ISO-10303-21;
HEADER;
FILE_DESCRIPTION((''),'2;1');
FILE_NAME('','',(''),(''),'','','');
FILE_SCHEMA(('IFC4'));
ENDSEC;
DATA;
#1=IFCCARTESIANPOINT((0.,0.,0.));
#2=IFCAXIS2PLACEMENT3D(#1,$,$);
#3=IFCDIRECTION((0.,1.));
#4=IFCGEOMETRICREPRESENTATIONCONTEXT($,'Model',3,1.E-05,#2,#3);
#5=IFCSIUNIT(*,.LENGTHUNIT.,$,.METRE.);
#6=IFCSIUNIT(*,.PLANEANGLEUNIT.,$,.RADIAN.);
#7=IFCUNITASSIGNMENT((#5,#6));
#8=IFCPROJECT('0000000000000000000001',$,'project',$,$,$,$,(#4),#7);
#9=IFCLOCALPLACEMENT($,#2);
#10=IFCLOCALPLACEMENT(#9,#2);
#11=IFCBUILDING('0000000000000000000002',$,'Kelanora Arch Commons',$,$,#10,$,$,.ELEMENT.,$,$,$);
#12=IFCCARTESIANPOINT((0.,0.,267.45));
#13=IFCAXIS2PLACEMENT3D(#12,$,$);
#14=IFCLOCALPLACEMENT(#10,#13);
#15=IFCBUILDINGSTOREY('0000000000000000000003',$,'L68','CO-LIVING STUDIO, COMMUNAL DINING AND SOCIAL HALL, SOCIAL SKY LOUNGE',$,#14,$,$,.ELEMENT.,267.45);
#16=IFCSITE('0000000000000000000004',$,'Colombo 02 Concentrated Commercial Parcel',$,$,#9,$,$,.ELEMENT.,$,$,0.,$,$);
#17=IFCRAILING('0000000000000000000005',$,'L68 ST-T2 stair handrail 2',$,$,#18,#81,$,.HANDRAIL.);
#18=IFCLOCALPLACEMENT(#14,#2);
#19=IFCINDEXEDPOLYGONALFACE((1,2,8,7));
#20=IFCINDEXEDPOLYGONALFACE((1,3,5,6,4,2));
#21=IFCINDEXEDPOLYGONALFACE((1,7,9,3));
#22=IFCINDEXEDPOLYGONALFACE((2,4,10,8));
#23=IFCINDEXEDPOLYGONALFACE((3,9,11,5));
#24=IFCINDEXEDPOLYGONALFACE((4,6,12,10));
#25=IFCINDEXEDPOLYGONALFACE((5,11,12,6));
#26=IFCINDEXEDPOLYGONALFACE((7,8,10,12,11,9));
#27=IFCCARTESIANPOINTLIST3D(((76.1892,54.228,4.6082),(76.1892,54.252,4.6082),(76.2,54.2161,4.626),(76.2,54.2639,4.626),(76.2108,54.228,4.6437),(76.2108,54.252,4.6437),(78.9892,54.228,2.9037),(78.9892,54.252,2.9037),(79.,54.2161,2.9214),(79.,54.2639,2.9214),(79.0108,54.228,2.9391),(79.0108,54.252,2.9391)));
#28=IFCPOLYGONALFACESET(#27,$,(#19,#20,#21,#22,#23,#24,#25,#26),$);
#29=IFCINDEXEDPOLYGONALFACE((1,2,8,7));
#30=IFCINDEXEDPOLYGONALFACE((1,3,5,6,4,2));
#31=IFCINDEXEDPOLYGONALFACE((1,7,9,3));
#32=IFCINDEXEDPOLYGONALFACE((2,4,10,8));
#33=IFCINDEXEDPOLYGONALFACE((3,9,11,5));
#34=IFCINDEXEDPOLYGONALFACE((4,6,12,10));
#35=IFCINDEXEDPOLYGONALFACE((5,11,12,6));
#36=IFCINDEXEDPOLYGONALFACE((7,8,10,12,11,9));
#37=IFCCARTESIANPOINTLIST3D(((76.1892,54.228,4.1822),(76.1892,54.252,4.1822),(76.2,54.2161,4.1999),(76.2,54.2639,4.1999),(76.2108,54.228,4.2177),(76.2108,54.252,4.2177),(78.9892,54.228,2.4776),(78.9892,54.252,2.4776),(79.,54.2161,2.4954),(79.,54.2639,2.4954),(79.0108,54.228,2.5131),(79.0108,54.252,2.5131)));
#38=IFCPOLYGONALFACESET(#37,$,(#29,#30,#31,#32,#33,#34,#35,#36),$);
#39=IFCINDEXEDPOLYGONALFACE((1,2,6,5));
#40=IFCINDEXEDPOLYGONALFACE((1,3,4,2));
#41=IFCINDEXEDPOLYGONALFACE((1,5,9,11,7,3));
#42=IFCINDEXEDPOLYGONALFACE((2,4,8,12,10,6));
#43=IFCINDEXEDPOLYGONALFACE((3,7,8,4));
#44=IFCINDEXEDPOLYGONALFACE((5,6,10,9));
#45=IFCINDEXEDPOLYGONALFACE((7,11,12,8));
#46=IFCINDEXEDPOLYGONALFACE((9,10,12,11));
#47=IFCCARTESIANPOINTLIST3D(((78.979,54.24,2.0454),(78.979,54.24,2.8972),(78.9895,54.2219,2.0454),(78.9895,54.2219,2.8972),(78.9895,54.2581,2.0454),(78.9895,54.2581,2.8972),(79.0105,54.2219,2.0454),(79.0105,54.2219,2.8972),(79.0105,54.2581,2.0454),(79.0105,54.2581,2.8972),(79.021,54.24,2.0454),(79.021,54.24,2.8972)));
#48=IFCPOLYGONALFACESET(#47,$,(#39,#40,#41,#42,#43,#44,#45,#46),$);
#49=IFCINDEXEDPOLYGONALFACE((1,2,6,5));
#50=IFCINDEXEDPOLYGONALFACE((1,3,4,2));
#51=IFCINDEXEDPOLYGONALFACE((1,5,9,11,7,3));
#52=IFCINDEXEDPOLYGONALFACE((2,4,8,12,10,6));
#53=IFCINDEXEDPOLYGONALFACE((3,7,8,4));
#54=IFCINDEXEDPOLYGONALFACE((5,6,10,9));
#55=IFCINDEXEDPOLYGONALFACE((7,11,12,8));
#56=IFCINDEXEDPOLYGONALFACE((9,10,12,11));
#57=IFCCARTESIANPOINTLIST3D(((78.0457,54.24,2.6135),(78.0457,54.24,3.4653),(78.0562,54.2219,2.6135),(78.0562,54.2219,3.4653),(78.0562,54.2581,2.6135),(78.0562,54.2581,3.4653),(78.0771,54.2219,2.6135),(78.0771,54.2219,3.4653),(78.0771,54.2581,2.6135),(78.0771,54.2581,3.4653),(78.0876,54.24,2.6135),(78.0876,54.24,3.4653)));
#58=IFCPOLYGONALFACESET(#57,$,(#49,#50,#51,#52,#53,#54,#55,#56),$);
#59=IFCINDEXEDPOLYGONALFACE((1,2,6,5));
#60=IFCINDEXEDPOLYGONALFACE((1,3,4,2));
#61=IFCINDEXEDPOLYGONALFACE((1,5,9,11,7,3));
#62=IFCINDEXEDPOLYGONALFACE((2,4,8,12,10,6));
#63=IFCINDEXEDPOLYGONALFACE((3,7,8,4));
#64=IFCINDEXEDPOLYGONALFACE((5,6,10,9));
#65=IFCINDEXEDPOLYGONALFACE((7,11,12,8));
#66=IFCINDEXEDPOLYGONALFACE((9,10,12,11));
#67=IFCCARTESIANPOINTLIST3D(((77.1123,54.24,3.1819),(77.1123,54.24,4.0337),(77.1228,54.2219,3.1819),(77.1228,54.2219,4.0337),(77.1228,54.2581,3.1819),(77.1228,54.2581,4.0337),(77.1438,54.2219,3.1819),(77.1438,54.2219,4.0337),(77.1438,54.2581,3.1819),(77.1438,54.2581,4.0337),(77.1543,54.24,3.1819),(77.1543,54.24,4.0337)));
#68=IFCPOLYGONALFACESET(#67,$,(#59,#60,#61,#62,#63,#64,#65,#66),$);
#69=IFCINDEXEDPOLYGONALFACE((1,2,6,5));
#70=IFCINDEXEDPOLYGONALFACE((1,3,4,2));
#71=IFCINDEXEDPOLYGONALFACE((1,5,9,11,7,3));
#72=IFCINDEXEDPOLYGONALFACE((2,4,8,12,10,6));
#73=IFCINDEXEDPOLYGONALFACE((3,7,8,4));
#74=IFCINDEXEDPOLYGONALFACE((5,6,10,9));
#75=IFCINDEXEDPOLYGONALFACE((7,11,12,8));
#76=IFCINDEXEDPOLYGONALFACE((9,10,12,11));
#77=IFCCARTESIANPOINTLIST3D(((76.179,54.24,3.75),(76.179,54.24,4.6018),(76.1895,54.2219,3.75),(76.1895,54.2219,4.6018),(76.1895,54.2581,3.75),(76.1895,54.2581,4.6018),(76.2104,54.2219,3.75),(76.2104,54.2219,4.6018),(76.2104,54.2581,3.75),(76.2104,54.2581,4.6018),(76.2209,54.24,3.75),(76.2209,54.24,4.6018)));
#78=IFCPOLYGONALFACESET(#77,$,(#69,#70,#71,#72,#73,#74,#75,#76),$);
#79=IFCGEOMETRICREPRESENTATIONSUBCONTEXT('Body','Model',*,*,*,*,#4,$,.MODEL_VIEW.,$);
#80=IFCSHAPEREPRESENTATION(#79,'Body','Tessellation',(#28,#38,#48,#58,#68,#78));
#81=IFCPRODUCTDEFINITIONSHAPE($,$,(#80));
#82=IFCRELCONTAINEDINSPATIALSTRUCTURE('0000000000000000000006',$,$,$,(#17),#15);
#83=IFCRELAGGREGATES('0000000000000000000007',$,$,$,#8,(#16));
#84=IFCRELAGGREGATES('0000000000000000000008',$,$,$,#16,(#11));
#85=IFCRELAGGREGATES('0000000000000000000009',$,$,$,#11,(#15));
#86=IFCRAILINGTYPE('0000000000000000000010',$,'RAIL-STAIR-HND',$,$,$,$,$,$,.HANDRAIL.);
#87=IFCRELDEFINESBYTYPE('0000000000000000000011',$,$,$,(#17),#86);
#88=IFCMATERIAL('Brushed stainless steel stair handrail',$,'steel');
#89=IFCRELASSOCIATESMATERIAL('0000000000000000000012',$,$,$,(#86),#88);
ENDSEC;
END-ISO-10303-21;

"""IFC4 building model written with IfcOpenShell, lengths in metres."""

from ifc_helpers import new_model, si_unit, direction, frame, origin, place, context, subcontext, project, spatial, polyline, outline, extrude, material, type_object, element, save


model = new_model("IFC4")

# Units and contexts
model_context = context("Model", 3, precision=1e-05, world=origin(), true_north=direction((0.0, 1.0)))
body_context = subcontext(model_context, "Body", "Model", "MODEL_VIEW")
ifc_project = project(units=[si_unit("LENGTHUNIT", "METRE"), si_unit("PLANEANGLEUNIT", "RADIAN")], contexts=[model_context])

# Site, building, storey
site_placement = place(None, origin())
site = spatial("IfcSite", under=ifc_project, at=site_placement, Name="Colombo 02 Concentrated Commercial Parcel", CompositionType="ELEMENT", RefElevation=0.0)
building_placement = place(site_placement, origin())
building = spatial("IfcBuilding", under=site, at=building_placement, Name="Kelanora Arch Commons", CompositionType="ELEMENT")
storey_placement = place(building_placement, frame((0.0, 0.0, 267.45)))
storey = spatial("IfcBuildingStorey", under=building, at=storey_placement, Name="L68", Description="CO-LIVING STUDIO, COMMUNAL DINING AND SOCIAL HALL, SOCIAL SKY LOUNGE", CompositionType="ELEMENT", Elevation=267.45)

# Railing
ifc_material_1 = material(Name="Brushed stainless steel stair handrail", Category="steel")
railing_type_1 = type_object("IfcRailingType", Name="RAIL-STAIR-HND", PredefinedType="HANDRAIL", material=ifc_material_1)
railing_1_placement = place(storey_placement, frame((79.0, 54.24, 2.0454)))
element("IfcRailing", 1, at=railing_1_placement, inside=storey, type_object=railing_type_1, Name="L68 ST-T2 stair handrail 2", PredefinedType="HANDRAIL", context=body_context, shape_type="SweptSolid", body=[
    extrude(outline(polyline([(0.0239, 0.0), (0.012, 0.0208), (-0.012, 0.0208), (-0.0239, 0.0), (-0.012, -0.0208), (0.012, -0.0208), (0.0239, 0.0)])), frame((0.0, 0.0, 0.876), z_axis=(-0.85417, 0.0, 0.519994), x_axis=(0.0, -1.0, 0.0)), (0.0, 0.0, 1.0), 3.2781),
    extrude(outline(polyline([(0.0239, 0.0), (0.012, 0.0208), (-0.012, 0.0208), (-0.0239, 0.0), (-0.012, -0.0208), (0.012, -0.0208), (0.0239, 0.0)])), frame((0.0, 0.0, 0.45), z_axis=(-0.85417, 0.0, 0.519994), x_axis=(0.0, -1.0, 0.0)), (0.0, 0.0, 1.0), 3.2781),
    extrude(outline(polyline([(0.021, 0.0), (0.0105, 0.0181), (-0.0105, 0.0181), (-0.021, 0.0), (-0.0105, -0.0181), (0.0105, -0.0181), (0.021, 0.0)])), origin(), (0.0, 0.0, 1.0), 0.8518),
    extrude(outline(polyline([(0.021, 0.0), (0.0105, 0.0181), (-0.0105, 0.0181), (-0.021, 0.0), (-0.0105, -0.0181), (0.0105, -0.0181), (0.021, 0.0)])), frame((-0.9333, 0.0, 0.5681)), (0.0, 0.0, 1.0), 0.8518),
    extrude(outline(polyline([(0.021, 0.0), (0.0105, 0.0181), (-0.0105, 0.0181), (-0.021, 0.0), (-0.0105, -0.0181), (0.0105, -0.0181), (0.021, 0.0)])), frame((-1.8667, 0.0, 1.1365)), (0.0, 0.0, 1.0), 0.8518),
    extrude(outline(polyline([(0.021, 0.0), (0.0105, 0.0181), (-0.0105, 0.0181), (-0.021, 0.0), (-0.0105, -0.0181), (0.0105, -0.0181), (0.021, 0.0)])), frame((-2.8, 0.0, 1.7046)), (0.0, 0.0, 1.0), 0.8518),
])

save(model, "model.ifc")
